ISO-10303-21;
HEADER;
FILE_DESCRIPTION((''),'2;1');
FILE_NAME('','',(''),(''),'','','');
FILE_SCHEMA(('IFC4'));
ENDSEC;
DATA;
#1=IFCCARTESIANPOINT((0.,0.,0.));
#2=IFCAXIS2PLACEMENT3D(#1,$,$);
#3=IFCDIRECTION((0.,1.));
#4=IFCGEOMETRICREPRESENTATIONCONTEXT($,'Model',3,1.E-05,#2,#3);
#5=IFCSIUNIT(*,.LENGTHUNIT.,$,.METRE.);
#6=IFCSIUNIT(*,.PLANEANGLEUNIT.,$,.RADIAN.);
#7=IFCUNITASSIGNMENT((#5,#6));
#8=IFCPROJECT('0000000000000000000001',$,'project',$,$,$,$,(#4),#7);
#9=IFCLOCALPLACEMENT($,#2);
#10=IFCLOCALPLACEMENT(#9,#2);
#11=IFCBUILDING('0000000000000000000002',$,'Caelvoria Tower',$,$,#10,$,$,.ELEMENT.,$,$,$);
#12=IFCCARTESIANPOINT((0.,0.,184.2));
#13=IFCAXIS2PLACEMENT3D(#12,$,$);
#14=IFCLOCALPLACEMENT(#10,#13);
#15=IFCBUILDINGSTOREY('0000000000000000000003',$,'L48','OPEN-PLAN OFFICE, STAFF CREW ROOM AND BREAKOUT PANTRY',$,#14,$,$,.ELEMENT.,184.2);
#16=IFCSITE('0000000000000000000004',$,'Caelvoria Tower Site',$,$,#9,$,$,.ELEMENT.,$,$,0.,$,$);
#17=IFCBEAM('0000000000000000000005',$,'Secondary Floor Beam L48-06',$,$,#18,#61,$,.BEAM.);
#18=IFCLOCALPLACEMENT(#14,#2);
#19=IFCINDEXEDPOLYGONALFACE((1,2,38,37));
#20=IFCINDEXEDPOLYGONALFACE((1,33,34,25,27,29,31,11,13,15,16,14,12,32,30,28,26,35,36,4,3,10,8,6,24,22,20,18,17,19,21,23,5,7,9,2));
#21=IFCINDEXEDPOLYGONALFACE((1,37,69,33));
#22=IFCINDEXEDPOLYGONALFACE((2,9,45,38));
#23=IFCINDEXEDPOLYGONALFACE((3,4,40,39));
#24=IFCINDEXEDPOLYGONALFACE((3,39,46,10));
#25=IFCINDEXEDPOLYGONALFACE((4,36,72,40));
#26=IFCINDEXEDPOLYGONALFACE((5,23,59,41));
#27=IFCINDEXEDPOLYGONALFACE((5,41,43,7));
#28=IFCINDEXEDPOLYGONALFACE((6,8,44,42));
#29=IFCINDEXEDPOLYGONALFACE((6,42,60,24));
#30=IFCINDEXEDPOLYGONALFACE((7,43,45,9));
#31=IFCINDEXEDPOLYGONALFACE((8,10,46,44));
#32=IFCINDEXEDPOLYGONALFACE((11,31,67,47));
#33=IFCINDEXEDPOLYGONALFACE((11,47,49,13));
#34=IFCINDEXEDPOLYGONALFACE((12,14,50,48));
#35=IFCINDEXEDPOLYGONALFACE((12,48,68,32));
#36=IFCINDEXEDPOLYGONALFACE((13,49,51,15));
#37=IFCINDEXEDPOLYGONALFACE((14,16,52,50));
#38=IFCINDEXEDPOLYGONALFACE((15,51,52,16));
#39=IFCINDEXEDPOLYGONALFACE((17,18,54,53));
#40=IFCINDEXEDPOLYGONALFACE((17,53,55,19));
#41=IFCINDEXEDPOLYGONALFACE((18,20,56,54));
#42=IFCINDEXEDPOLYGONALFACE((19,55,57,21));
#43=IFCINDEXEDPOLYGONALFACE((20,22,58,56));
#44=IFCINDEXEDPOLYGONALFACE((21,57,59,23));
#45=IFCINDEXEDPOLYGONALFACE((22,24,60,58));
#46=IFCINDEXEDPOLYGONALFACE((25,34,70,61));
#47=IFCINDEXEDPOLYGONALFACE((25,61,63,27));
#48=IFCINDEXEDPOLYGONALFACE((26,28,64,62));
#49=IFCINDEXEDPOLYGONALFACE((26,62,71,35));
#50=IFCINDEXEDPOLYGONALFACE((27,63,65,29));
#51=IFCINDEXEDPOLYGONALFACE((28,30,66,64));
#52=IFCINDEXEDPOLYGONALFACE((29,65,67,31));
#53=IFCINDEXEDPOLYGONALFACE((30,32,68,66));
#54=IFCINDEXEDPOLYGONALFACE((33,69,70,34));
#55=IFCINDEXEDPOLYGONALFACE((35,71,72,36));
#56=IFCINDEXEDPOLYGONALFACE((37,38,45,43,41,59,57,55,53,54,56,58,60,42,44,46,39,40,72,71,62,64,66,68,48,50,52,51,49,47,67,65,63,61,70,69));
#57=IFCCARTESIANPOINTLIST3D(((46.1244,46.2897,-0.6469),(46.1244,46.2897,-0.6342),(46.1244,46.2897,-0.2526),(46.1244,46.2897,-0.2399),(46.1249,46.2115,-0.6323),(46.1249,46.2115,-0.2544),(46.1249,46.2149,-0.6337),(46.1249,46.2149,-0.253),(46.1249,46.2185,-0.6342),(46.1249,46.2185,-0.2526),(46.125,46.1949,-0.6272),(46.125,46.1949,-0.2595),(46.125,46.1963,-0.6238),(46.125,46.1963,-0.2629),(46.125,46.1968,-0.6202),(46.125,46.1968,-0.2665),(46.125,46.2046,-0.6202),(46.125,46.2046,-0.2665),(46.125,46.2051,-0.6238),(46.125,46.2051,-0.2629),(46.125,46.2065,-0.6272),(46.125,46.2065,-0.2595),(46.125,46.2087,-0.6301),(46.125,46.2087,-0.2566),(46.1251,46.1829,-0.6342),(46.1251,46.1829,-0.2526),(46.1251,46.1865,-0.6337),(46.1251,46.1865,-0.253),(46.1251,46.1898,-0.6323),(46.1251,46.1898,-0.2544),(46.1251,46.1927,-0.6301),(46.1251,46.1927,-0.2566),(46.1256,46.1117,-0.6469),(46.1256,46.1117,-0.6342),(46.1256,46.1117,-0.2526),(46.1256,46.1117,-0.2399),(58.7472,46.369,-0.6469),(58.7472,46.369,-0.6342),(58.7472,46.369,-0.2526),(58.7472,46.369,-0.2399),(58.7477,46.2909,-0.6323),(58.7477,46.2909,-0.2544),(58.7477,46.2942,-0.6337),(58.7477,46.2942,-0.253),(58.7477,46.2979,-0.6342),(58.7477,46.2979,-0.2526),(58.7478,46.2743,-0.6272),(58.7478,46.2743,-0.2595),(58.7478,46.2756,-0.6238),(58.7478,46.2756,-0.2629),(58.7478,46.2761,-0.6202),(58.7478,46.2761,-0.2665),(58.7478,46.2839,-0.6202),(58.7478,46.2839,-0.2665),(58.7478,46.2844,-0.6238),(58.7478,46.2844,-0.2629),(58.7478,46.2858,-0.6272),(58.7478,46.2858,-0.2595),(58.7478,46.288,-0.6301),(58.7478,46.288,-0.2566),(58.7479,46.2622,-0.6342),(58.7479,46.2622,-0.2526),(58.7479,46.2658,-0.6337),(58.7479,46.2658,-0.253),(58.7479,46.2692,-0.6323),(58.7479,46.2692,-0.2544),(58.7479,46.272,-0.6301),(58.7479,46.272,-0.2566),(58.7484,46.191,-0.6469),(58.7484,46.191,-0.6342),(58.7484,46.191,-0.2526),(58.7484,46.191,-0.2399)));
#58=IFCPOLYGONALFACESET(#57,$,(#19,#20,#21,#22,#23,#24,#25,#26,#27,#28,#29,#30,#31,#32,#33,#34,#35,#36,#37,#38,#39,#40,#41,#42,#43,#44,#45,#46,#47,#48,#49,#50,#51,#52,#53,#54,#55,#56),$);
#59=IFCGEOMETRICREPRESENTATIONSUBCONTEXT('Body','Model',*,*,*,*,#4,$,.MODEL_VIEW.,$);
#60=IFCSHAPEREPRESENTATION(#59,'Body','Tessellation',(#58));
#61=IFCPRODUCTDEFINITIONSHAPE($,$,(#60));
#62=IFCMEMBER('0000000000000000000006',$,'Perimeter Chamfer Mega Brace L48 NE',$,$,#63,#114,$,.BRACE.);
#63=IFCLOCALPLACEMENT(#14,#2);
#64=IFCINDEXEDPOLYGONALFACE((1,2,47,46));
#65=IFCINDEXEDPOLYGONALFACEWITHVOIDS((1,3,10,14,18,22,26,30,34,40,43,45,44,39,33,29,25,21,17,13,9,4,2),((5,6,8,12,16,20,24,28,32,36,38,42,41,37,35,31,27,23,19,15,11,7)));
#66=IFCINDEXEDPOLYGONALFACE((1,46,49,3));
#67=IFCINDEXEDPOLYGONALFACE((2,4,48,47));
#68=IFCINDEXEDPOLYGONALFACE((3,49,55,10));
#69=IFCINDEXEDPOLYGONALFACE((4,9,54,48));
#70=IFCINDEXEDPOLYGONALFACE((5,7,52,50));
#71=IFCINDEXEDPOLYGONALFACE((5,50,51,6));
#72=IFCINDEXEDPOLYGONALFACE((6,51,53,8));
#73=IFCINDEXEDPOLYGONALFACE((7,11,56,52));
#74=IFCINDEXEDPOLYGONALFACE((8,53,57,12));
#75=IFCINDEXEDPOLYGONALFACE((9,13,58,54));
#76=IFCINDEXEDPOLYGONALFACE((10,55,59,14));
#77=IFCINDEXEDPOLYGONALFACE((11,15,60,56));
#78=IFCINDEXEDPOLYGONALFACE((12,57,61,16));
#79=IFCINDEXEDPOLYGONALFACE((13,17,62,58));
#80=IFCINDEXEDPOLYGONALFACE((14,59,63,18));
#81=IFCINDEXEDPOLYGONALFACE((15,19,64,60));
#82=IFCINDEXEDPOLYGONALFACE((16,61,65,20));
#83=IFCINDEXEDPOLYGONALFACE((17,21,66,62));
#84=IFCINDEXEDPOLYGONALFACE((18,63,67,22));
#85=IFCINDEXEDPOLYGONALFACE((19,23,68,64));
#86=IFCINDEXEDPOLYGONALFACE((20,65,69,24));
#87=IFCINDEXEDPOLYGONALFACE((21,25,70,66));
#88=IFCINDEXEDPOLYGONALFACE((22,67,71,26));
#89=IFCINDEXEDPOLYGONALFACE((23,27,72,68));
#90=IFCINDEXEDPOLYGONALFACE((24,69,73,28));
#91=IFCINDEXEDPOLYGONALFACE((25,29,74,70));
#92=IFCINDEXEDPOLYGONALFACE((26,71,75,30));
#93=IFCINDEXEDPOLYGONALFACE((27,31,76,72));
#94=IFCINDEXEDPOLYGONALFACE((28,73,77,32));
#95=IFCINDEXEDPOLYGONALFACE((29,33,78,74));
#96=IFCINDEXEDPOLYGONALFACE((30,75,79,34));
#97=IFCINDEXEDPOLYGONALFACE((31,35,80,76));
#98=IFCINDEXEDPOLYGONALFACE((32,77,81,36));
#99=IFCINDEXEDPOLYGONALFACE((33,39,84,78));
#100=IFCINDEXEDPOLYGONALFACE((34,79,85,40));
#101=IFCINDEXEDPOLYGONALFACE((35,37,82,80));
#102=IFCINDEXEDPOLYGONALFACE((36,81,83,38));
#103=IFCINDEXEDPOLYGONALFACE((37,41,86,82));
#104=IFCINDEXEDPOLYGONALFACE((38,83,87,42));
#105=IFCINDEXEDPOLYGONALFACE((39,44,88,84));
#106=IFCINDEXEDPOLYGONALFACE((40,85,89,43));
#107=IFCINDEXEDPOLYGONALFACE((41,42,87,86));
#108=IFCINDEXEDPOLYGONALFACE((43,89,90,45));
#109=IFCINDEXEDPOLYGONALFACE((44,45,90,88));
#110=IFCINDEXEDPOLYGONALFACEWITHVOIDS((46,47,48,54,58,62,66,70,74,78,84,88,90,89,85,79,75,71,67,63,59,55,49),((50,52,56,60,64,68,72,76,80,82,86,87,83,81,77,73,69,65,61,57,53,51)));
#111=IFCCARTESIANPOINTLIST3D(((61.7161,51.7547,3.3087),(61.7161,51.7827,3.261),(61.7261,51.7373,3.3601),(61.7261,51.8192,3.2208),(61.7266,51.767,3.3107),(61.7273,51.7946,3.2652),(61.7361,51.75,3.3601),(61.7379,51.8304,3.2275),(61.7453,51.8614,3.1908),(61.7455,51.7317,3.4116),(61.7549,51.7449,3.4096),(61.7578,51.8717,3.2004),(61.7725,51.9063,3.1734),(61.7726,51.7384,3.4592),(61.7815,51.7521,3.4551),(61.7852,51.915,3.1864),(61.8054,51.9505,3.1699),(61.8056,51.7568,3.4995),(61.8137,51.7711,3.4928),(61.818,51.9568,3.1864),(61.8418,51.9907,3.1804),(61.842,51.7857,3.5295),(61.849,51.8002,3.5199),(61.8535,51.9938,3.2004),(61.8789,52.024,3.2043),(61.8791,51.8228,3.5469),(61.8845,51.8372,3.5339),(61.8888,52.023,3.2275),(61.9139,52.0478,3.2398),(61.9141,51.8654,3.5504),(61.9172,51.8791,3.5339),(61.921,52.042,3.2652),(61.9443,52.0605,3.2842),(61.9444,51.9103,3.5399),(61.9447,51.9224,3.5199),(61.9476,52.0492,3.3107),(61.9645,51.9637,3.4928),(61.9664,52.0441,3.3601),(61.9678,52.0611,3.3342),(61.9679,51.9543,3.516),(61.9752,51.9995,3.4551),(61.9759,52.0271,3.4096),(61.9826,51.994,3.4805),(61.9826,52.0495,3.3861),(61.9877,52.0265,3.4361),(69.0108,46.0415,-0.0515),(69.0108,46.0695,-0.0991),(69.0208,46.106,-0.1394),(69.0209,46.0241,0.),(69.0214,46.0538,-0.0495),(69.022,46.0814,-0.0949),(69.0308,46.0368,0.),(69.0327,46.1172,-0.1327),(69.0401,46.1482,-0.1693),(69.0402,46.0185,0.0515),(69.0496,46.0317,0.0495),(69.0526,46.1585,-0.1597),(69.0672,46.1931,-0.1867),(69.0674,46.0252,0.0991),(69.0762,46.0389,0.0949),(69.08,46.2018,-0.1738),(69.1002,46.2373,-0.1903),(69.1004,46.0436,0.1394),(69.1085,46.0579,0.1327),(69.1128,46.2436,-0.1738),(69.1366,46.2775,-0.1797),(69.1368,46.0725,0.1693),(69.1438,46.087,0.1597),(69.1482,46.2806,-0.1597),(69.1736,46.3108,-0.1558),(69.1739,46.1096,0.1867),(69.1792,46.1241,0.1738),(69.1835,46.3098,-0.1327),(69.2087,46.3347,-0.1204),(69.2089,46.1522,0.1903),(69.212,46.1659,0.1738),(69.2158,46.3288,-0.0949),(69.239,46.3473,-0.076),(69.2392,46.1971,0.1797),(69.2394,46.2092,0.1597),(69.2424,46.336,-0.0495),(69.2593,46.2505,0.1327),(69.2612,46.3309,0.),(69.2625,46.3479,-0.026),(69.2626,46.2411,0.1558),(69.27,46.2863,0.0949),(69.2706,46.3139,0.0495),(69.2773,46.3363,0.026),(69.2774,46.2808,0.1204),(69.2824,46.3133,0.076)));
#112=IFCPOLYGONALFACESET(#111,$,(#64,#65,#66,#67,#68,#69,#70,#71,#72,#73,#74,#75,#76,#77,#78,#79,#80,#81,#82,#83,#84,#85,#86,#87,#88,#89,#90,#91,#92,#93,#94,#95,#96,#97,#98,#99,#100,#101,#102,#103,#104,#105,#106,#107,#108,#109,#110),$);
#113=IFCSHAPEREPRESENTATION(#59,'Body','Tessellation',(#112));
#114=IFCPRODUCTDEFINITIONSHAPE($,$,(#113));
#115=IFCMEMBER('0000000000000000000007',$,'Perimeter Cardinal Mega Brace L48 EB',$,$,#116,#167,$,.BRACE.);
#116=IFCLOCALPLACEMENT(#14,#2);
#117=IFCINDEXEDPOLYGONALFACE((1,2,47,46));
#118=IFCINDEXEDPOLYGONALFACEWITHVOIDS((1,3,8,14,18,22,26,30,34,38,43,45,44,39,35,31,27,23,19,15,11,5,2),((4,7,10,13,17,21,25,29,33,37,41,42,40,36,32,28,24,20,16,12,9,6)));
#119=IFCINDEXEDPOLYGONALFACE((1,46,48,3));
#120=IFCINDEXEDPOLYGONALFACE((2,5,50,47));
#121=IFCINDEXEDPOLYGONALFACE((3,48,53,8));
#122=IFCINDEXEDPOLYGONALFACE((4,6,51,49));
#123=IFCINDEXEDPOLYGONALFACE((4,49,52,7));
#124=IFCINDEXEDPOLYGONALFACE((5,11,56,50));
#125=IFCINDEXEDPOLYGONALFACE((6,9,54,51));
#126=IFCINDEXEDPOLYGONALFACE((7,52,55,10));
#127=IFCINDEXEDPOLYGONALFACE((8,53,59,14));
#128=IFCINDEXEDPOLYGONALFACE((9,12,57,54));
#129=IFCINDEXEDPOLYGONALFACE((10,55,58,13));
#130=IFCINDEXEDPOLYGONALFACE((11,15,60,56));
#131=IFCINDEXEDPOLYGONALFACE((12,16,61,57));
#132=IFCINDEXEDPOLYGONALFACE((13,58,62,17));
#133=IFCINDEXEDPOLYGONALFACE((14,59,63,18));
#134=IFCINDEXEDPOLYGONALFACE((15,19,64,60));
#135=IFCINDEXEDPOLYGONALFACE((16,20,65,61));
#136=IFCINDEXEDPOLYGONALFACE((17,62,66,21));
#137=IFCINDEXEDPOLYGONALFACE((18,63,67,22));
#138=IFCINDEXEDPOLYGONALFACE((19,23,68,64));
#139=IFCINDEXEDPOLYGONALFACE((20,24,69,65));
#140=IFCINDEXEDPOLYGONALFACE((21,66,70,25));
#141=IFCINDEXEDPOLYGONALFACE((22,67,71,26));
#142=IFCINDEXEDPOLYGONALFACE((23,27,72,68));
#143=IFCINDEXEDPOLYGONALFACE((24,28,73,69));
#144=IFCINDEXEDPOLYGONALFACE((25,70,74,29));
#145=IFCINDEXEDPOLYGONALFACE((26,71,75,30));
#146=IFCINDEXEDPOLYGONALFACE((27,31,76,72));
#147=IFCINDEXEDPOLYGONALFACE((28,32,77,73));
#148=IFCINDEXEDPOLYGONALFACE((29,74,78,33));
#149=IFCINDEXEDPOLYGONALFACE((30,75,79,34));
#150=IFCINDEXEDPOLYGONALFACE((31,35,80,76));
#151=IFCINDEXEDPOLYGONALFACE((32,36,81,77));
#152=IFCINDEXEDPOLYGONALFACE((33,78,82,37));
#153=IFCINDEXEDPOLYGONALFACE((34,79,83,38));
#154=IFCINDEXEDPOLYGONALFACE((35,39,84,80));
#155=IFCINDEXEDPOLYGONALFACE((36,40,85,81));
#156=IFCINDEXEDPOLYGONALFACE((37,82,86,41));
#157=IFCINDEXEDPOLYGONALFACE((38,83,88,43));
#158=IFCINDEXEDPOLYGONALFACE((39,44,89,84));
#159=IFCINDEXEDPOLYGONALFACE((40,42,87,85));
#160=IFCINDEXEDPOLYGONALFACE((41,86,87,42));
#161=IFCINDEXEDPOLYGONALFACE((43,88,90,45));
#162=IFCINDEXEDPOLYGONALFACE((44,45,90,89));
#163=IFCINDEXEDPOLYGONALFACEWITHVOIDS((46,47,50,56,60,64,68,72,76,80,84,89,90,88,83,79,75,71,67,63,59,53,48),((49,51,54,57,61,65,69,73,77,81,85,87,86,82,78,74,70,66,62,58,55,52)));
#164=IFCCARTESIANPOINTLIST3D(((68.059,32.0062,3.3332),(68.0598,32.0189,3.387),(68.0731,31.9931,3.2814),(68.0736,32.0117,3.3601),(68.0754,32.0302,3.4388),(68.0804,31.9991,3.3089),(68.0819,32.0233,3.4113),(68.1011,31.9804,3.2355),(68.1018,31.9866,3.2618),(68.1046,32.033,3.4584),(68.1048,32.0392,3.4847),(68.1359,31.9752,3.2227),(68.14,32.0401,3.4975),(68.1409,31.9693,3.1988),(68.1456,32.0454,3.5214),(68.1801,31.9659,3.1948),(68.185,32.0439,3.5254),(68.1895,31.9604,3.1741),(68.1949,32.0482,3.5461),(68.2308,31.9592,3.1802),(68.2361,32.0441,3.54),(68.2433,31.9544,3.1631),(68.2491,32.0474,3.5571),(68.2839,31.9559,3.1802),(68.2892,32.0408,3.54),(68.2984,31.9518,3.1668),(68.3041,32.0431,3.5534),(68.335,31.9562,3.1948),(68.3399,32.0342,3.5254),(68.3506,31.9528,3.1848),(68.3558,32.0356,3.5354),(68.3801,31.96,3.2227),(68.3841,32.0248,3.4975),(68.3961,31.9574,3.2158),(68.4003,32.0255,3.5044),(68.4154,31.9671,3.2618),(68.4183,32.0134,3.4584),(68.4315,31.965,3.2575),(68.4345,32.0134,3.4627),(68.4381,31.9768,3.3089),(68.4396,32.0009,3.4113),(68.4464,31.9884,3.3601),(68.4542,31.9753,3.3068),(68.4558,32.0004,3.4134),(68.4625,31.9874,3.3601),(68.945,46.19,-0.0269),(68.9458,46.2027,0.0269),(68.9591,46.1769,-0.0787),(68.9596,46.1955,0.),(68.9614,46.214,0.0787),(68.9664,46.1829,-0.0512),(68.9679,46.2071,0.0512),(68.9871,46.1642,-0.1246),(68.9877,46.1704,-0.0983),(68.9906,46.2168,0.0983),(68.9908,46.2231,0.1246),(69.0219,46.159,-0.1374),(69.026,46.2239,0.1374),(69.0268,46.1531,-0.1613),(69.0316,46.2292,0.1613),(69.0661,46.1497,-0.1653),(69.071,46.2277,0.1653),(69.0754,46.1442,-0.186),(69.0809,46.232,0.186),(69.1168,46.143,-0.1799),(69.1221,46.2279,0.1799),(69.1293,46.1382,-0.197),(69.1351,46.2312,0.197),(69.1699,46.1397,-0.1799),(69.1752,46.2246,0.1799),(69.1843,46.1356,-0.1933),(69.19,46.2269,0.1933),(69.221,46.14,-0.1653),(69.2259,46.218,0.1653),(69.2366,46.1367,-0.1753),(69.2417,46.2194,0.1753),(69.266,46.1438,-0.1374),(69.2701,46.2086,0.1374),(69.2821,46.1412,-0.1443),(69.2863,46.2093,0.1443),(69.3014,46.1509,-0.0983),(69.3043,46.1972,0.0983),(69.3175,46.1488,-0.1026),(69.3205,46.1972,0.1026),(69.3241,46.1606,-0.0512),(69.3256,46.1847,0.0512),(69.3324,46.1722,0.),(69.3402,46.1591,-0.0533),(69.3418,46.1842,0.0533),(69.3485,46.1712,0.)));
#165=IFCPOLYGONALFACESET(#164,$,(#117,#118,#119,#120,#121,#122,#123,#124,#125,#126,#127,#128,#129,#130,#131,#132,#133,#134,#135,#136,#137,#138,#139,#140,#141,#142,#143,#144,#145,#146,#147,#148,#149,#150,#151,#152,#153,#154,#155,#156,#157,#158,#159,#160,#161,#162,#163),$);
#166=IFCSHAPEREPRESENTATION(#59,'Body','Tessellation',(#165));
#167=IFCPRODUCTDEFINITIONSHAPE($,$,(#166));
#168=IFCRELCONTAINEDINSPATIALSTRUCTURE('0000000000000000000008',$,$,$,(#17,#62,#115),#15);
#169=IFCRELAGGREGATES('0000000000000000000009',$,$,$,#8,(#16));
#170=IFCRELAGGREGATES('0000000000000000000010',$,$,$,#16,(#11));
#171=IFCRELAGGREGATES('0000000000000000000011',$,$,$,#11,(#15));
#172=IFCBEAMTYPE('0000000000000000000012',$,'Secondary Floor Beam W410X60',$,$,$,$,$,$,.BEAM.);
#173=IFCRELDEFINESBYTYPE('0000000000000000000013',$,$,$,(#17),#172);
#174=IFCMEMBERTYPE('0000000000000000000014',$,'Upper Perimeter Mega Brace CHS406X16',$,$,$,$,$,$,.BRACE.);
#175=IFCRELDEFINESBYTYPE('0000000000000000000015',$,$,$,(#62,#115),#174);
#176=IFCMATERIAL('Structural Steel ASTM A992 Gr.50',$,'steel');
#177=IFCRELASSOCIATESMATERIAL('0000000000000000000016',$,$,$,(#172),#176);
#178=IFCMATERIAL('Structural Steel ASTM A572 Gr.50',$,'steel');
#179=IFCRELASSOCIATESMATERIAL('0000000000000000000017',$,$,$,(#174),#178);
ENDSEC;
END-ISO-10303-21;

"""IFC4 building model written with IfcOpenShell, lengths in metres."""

from ifc_helpers import new_model, si_unit, direction, frame, origin, origin_2d, place, context, subcontext, project, spatial, hollow_circle, i_section, extrude, material, material_profile, profile_set, type_object, element, save


model = new_model("IFC4")

# Units and contexts
model_context = context("Model", 3, precision=1e-05, world=origin(), true_north=direction((0.0, 1.0)))
body_context = subcontext(model_context, "Body", "Model", "MODEL_VIEW")
ifc_project = project(units=[si_unit("LENGTHUNIT", "METRE"), si_unit("PLANEANGLEUNIT", "RADIAN")], contexts=[model_context])

# Site, building, storey
site_placement = place(None, origin())
site = spatial("IfcSite", under=ifc_project, at=site_placement, Name="Caelvoria Tower Site", CompositionType="ELEMENT", RefElevation=0.0)
building_placement = place(site_placement, origin())
building = spatial("IfcBuilding", under=site, at=building_placement, Name="Caelvoria Tower", CompositionType="ELEMENT")
storey_placement = place(building_placement, frame((0.0, 0.0, 184.2)))
storey = spatial("IfcBuildingStorey", under=building, at=storey_placement, Name="L48", Description="OPEN-PLAN OFFICE, STAFF CREW ROOM AND BREAKOUT PANTRY", CompositionType="ELEMENT", Elevation=184.2)

# Shared definitions
ifc_material_1 = material(Name="Structural Steel ASTM A572 Gr.50", Category="steel")
ifc_material_2 = material(Name="Structural Steel ASTM A992 Gr.50", Category="steel")

# Beam
ifc_material_profile_1 = material_profile(ifc_material_2, i_section(OverallWidth=0.178, OverallDepth=0.407, WebThickness=0.0078, FlangeThickness=0.0127, FilletRadius=0.0139, at=origin_2d()), Name="Structural Steel ASTM A992 Gr.50")
ifc_profile_set_1 = profile_set([ifc_material_profile_1], Name="W410X60 - Structural Steel ASTM A992 Gr.50")
beam_type_1 = type_object("IfcBeamType", Name="Secondary Floor Beam W410X60", PredefinedType="BEAM", material=ifc_profile_set_1)
beam_1_placement = place(storey_placement, frame((58.7478, 46.28, -0.4434), z_axis=(-0.99998, -0.006286, 0.0), x_axis=(0.006286, -0.99998, 0.0)))
element("IfcBeam", 1, at=beam_1_placement, inside=storey, type_object=beam_type_1, Name="Secondary Floor Beam L48-06", PredefinedType="BEAM", context=body_context, shape_type="SweptSolid", body=[
    extrude(i_section(OverallWidth=0.178, OverallDepth=0.407, WebThickness=0.0078, FlangeThickness=0.0127, FilletRadius=0.0139, at=origin_2d()), origin(), (0.0, 0.0, 1.0), 12.623),
])

# Members
ifc_material_profile_2 = material_profile(ifc_material_1, hollow_circle(Radius=0.2029, WallThickness=0.0161, at=origin_2d()), Name="Structural Steel ASTM A572 Gr.50")
ifc_profile_set_2 = profile_set([ifc_material_profile_2], Name="CHS406X16 - Structural Steel ASTM A572 Gr.50")
member_type = type_object("IfcMemberType", Name="Upper Perimeter Mega Brace CHS406X16", PredefinedType="BRACE", material=ifc_profile_set_2)
member_1_placement = place(storey_placement, frame((69.146, 46.1838, 0.0), z_axis=(-0.740119, 0.579655, 0.340917), x_axis=(-0.616593, -0.787282, 0.0)))
element("IfcMember", 2, at=member_1_placement, inside=storey, type_object=member_type, Name="Perimeter Chamfer Mega Brace L48 NE", PredefinedType="BRACE", context=body_context, shape_type="SweptSolid", body=[
    extrude(hollow_circle(Radius=0.2029, WallThickness=0.0161, at=origin_2d()), origin(), (0.0, 0.0, 1.0), 9.8562),
])
member_2_placement = place(storey_placement, frame((69.146, 46.1838, 0.0), z_axis=(-0.06067, -0.971276, 0.230092), x_axis=(0.998055, -0.062343, 0.0)))
element("IfcMember", 3, at=member_2_placement, inside=storey, type_object=member_type, Name="Perimeter Cardinal Mega Brace L48 EB", PredefinedType="BRACE", context=body_context, shape_type="SweptSolid", body=[
    extrude(hollow_circle(Radius=0.2029, WallThickness=0.0161, at=origin_2d()), origin(), (0.0, 0.0, 1.0), 14.6033),
])

save(model, "model.ifc")
